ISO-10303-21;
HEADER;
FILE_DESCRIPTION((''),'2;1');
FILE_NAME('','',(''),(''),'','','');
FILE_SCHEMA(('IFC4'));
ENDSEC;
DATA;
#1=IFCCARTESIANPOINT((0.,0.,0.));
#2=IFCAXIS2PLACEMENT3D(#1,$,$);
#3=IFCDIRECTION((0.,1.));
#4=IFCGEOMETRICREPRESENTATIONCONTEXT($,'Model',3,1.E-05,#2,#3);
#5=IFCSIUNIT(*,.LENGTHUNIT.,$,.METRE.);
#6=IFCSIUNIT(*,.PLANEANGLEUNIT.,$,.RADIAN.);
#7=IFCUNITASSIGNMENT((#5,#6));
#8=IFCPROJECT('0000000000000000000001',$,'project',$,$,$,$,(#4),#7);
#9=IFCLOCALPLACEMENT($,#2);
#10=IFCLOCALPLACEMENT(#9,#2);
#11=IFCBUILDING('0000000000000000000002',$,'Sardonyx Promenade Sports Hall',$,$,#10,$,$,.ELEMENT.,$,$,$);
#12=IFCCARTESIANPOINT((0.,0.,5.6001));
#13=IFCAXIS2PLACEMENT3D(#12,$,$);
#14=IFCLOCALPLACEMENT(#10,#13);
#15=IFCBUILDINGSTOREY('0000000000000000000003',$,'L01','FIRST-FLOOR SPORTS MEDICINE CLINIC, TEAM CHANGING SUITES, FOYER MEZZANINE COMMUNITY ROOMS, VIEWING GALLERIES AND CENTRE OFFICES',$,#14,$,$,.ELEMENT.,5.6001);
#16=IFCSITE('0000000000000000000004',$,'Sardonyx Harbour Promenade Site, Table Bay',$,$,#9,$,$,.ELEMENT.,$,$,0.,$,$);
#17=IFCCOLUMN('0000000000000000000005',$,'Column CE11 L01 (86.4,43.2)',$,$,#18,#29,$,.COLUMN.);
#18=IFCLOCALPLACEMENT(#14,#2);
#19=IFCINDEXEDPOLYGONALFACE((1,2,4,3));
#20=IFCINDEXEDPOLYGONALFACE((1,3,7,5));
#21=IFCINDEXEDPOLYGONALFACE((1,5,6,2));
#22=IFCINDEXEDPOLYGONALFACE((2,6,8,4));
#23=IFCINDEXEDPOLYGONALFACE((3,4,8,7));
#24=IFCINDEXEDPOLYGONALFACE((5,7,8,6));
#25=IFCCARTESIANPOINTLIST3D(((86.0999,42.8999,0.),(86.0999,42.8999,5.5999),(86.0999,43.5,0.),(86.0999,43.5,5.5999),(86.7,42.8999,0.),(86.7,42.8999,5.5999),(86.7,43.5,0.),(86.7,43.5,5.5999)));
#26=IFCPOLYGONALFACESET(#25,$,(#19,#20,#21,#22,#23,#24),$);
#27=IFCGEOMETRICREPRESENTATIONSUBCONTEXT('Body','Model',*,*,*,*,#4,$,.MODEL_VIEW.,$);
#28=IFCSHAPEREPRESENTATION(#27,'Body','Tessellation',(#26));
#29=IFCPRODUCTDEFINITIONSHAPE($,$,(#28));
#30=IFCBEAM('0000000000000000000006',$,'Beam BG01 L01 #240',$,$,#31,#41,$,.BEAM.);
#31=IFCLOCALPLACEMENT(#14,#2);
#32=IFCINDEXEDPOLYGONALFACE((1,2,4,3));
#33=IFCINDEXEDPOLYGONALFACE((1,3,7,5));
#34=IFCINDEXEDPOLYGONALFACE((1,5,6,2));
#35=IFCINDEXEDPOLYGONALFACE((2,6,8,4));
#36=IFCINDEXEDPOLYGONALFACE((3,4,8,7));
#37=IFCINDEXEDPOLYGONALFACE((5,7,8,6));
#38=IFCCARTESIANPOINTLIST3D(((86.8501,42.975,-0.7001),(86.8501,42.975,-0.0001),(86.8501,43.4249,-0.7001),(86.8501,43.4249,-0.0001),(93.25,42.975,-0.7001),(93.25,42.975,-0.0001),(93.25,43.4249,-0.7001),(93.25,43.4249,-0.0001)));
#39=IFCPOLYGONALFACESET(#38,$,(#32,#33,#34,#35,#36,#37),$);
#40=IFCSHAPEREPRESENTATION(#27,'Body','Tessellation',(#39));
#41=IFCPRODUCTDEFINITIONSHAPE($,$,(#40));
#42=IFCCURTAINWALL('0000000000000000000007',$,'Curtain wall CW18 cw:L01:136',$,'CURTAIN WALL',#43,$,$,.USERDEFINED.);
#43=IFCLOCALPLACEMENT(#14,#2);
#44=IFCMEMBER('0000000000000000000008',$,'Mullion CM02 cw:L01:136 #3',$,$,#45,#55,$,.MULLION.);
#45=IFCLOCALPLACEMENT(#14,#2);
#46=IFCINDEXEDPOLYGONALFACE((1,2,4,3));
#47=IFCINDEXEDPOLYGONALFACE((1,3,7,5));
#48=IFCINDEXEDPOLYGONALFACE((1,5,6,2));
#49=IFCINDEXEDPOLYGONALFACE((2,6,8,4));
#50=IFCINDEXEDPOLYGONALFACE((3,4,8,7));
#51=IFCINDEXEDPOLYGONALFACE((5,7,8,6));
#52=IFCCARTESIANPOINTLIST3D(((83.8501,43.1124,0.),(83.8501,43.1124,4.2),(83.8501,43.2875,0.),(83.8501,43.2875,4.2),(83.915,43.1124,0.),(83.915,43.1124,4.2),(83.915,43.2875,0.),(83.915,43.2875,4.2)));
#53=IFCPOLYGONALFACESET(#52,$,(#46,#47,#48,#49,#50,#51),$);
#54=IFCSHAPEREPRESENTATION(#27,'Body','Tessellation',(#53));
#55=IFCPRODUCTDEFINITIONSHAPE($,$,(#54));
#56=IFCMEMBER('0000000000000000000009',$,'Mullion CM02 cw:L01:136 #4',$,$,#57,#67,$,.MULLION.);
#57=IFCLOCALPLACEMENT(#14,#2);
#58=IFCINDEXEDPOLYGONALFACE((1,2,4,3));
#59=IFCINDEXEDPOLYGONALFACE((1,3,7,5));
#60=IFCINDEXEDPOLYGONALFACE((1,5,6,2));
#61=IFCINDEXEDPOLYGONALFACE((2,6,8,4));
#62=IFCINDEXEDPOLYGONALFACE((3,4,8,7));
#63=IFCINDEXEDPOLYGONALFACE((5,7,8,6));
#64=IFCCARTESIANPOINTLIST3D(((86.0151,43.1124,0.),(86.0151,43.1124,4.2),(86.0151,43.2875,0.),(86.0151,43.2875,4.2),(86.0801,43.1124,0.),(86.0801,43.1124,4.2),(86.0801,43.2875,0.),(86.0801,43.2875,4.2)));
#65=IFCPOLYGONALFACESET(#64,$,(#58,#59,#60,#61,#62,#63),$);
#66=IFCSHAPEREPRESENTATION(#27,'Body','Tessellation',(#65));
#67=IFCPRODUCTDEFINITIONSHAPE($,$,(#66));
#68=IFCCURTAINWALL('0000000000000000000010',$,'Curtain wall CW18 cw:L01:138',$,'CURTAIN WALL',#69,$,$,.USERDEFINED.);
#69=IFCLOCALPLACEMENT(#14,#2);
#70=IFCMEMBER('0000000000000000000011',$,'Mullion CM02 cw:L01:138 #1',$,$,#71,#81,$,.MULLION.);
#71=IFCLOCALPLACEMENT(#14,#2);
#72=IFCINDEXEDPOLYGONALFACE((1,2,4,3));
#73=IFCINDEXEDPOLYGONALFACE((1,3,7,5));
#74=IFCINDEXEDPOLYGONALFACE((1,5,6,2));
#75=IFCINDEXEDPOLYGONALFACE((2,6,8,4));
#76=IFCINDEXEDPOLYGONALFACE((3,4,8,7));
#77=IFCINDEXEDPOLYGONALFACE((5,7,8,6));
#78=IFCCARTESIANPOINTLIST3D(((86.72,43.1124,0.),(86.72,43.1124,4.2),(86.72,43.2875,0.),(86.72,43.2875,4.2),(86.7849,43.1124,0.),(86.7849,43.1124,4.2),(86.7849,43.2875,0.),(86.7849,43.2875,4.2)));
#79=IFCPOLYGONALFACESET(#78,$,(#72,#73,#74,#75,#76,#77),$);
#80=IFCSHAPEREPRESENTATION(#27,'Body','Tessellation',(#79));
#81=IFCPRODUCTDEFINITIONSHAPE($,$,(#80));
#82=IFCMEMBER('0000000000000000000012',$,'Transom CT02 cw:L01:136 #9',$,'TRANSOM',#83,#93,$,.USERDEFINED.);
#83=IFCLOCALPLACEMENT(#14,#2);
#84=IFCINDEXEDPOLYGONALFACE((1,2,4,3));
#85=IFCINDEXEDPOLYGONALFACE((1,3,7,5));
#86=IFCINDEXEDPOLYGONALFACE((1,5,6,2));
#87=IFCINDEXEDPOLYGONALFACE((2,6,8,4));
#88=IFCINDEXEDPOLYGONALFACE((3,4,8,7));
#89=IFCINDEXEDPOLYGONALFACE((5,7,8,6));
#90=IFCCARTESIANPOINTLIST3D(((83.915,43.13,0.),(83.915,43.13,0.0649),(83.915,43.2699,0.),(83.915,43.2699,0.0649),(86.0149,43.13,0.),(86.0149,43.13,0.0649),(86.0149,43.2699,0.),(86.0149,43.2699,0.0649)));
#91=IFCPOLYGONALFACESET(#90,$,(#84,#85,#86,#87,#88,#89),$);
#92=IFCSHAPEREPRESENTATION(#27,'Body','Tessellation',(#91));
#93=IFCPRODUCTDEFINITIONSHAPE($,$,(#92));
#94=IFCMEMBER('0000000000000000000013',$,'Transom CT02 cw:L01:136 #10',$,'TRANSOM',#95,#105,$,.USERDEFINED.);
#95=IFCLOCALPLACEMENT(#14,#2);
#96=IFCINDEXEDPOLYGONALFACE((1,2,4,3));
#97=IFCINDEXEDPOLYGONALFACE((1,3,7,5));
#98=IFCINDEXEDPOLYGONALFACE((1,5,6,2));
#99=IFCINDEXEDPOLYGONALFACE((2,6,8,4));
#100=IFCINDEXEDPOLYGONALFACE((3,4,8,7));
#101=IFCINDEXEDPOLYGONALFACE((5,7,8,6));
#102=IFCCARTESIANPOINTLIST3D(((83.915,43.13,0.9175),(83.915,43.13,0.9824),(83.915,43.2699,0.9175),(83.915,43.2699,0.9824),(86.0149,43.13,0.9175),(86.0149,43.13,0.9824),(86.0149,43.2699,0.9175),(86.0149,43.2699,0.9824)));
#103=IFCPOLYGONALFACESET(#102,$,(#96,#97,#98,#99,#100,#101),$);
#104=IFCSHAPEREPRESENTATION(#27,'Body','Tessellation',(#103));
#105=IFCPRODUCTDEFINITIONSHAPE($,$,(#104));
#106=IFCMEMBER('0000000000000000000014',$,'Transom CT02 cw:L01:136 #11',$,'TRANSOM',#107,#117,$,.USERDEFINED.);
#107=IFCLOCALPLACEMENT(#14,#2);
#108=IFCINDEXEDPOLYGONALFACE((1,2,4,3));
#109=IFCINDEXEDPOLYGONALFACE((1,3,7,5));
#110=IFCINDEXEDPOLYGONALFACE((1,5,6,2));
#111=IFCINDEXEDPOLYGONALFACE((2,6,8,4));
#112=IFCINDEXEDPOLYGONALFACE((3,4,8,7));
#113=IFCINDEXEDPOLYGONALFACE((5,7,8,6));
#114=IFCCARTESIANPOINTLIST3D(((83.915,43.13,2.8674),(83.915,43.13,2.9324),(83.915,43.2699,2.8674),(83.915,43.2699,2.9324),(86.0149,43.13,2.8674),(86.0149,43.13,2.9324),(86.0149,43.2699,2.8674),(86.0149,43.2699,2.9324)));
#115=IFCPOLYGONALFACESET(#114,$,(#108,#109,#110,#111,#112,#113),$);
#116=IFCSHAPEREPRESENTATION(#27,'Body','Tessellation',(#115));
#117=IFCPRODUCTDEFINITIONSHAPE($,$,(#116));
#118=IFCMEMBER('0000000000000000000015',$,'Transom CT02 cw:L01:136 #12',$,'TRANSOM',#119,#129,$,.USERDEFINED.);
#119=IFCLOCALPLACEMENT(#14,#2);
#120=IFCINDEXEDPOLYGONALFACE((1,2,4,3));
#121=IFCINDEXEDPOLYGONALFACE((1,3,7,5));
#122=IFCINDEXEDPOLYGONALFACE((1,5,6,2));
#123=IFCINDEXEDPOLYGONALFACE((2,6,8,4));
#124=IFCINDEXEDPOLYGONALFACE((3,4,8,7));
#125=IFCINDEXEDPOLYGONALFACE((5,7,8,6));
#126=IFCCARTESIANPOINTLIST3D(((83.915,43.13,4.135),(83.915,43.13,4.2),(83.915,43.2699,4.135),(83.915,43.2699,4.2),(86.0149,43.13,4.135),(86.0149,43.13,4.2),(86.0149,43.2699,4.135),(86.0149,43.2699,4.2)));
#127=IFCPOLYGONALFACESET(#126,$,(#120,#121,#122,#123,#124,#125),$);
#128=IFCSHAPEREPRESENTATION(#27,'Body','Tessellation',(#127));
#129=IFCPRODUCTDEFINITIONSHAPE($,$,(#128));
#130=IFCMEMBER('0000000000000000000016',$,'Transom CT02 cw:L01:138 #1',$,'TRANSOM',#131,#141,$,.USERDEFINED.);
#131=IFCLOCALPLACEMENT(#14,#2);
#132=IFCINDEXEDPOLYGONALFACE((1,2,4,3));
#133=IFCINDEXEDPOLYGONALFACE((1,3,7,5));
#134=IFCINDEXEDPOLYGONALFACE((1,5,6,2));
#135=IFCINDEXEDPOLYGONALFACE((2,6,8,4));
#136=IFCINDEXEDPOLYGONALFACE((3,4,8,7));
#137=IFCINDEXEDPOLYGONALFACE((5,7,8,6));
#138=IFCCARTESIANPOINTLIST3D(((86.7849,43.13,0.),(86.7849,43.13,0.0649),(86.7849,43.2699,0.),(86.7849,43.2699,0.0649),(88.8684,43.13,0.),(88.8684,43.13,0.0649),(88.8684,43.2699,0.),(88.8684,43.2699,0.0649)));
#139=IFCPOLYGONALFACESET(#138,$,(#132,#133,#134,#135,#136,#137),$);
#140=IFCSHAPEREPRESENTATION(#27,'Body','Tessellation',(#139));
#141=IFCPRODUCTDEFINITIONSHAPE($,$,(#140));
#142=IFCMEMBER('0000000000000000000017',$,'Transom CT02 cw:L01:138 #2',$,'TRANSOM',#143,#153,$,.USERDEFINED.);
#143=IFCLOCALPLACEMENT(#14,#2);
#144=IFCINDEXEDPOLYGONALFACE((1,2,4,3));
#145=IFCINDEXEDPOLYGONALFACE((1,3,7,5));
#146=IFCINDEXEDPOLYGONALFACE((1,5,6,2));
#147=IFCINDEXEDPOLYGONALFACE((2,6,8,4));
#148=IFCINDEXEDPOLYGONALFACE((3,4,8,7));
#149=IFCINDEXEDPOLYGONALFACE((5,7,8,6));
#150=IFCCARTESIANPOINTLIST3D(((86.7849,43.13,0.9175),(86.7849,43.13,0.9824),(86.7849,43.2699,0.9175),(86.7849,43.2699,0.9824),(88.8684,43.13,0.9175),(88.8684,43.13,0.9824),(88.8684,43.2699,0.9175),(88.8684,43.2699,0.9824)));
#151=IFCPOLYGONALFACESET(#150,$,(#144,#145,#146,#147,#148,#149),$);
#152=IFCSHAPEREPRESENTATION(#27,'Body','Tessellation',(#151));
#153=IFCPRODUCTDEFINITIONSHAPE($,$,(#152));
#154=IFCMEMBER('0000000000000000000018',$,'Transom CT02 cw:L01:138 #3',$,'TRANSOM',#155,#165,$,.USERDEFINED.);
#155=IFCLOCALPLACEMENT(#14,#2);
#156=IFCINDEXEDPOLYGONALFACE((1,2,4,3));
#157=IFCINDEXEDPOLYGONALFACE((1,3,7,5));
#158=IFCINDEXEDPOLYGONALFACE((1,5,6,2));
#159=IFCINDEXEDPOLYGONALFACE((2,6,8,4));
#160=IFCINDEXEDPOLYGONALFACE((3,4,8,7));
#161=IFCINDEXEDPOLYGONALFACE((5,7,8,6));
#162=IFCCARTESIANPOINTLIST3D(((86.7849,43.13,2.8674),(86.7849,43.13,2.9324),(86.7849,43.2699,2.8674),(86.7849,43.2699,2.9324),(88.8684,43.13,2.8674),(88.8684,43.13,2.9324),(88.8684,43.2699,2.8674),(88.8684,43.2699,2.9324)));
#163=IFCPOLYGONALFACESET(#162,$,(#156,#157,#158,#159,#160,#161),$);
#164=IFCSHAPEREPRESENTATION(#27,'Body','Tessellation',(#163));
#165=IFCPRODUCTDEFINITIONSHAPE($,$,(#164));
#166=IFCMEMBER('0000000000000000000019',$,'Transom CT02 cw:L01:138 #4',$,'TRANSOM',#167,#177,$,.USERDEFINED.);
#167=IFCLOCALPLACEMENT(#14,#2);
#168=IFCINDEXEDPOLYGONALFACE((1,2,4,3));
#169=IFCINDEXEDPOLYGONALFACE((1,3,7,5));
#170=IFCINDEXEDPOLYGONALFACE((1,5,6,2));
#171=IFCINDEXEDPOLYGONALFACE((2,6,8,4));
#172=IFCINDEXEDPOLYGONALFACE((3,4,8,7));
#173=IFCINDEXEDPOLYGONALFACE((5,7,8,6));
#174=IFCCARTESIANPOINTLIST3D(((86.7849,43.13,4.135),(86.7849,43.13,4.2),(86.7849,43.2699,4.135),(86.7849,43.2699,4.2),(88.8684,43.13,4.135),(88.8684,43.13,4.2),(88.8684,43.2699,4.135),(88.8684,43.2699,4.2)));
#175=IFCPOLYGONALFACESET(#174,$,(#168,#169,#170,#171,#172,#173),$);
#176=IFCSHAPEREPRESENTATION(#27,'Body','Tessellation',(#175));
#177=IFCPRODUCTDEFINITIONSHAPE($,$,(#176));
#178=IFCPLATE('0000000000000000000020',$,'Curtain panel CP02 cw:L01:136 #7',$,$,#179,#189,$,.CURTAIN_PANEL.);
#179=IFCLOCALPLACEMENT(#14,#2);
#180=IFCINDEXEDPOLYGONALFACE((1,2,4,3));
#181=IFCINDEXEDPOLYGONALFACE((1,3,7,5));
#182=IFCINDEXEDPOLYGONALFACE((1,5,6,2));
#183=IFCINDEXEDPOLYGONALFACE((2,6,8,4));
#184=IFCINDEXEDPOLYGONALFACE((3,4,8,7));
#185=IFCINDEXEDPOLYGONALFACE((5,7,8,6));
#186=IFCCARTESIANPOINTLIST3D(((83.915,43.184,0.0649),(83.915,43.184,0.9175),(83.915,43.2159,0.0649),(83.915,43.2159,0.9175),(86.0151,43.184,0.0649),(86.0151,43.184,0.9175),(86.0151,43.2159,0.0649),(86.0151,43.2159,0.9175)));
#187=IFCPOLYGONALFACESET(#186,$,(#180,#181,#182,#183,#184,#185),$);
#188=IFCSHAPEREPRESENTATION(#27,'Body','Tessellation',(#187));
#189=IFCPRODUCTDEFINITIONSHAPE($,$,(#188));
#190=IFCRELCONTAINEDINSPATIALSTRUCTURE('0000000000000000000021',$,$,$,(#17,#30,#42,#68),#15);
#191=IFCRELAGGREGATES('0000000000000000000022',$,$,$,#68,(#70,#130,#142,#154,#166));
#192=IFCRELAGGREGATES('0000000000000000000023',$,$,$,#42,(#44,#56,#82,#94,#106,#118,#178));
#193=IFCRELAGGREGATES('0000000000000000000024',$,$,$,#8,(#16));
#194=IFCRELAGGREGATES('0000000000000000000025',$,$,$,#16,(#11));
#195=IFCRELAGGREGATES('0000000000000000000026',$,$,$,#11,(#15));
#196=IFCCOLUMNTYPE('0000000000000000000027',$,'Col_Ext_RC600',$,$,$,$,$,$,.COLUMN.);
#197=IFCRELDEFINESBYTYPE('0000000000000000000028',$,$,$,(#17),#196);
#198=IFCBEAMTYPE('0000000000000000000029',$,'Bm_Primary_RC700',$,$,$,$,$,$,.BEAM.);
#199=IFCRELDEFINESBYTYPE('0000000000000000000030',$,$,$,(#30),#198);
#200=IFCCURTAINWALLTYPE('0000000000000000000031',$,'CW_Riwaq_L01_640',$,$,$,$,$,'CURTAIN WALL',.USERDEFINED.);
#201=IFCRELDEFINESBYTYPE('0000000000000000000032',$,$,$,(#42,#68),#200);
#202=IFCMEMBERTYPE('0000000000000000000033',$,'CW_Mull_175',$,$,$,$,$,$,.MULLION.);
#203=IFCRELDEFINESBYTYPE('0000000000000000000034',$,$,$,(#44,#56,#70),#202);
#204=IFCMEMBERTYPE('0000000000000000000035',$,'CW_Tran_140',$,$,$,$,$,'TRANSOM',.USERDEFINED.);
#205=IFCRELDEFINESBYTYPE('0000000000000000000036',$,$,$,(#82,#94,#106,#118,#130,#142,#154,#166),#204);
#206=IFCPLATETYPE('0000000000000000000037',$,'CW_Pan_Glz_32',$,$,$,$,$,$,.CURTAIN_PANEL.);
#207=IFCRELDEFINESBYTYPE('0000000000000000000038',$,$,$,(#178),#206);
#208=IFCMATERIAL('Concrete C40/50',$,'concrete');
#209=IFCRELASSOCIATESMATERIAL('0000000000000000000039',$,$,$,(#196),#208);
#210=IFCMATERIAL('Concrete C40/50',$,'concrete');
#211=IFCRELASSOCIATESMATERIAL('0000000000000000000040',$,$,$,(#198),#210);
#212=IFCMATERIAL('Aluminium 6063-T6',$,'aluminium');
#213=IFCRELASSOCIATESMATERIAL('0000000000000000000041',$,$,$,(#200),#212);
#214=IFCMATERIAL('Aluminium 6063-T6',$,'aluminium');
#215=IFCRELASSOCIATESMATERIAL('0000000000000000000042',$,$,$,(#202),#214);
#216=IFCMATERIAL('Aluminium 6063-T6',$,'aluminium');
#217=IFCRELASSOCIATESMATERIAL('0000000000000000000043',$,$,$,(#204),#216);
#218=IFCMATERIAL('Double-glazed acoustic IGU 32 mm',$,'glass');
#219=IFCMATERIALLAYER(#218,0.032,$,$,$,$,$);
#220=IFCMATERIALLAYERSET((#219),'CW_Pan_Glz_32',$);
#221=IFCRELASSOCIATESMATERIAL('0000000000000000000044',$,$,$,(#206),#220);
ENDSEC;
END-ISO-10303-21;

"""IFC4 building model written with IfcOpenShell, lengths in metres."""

from ifc_helpers import new_model, si_unit, direction, frame, origin, origin_2d, place, context, subcontext, project, spatial, rectangle, extrude, material, layer, layer_set, material_profile, profile_set, type_object, element, aggregate, save


model = new_model("IFC4")

# Units and contexts
model_context = context("Model", 3, precision=1e-05, world=origin(), true_north=direction((0.0, 1.0)))
body_context = subcontext(model_context, "Body", "Model", "MODEL_VIEW")
ifc_project = project(units=[si_unit("LENGTHUNIT", "METRE"), si_unit("PLANEANGLEUNIT", "RADIAN")], contexts=[model_context])

# Site, building, storey
site_placement = place(None, origin())
site = spatial("IfcSite", under=ifc_project, at=site_placement, Name="Sardonyx Harbour Promenade Site, Table Bay", CompositionType="ELEMENT", RefElevation=0.0)
building_placement = place(site_placement, origin())
building = spatial("IfcBuilding", under=site, at=building_placement, Name="Sardonyx Promenade Sports Hall", CompositionType="ELEMENT")
storey_placement = place(building_placement, frame((0.0, 0.0, 5.6001)))
storey = spatial("IfcBuildingStorey", under=building, at=storey_placement, Name="L01", Description="FIRST-FLOOR SPORTS MEDICINE CLINIC, TEAM CHANGING SUITES, FOYER MEZZANINE COMMUNITY ROOMS, VIEWING GALLERIES AND CENTRE OFFICES", CompositionType="ELEMENT", Elevation=5.6001)

# Column
ifc_material_1 = material(Name="Concrete C40/50", Category="concrete")
ifc_material_profile_1 = material_profile(ifc_material_1, rectangle(XDim=0.6001, YDim=0.6001, at=origin_2d()))
ifc_profile_set_1 = profile_set([ifc_material_profile_1], Name="Concrete C40/50")
column_type = type_object("IfcColumnType", Name="Col_Ext_RC600", PredefinedType="COLUMN", material=ifc_profile_set_1)
column_placement = place(storey_placement, frame((86.3999, 43.2, 0.0), z_axis=(0.0, 0.0, 1.0), x_axis=(1.0, 0.0, 0.0)))
element("IfcColumn", 1, at=column_placement, inside=storey, type_object=column_type, Name="Column CE11 L01 (86.4,43.2)", PredefinedType="COLUMN", context=body_context, shape_type="SweptSolid", body=[
    extrude(rectangle(XDim=0.6001, YDim=0.6001, at=origin_2d()), origin(), (0.0, 0.0, 1.0), 5.5999),
])

# Beam
ifc_material_2 = material(Name="Concrete C40/50", Category="concrete")
ifc_material_profile_2 = material_profile(ifc_material_2, rectangle(XDim=0.45, YDim=0.7, at=origin_2d()))
ifc_profile_set_2 = profile_set([ifc_material_profile_2], Name="Concrete C40/50")
beam_type = type_object("IfcBeamType", Name="Bm_Primary_RC700", PredefinedType="BEAM", material=ifc_profile_set_2)
beam_placement = place(storey_placement, frame((86.8501, 43.2, -0.3501), z_axis=(1.0, 0.0, 0.0), x_axis=(0.0, 1.0, 0.0)))
element("IfcBeam", 2, at=beam_placement, inside=storey, type_object=beam_type, Name="Beam BG01 L01 #240", PredefinedType="BEAM", context=body_context, shape_type="SweptSolid", body=[
    extrude(rectangle(XDim=0.45, YDim=0.7, at=origin_2d()), origin(), (0.0, 0.0, 1.0), 6.3999),
])

# Curtain wall, members
ifc_material_3 = material(Name="Aluminium 6063-T6", Category="aluminium")
curtain_wall_type = type_object("IfcCurtainWallType", Name="CW_Riwaq_L01_640", ElementType="CURTAIN WALL", PredefinedType="USERDEFINED", material=ifc_material_3)
curtain_wall_1_placement = place(storey_placement, origin())
curtain_wall_1 = element("IfcCurtainWall", 3, at=curtain_wall_1_placement, inside=storey, type_object=curtain_wall_type, Name="Curtain wall CW18 cw:L01:136", ObjectType="CURTAIN WALL", PredefinedType="USERDEFINED")
ifc_material_4 = material(Name="Aluminium 6063-T6", Category="aluminium")
ifc_material_profile_3 = material_profile(ifc_material_4, rectangle(XDim=0.0649, YDim=0.175, at=origin_2d()))
ifc_profile_set_3 = profile_set([ifc_material_profile_3], Name="Aluminium 6063-T6")
member_type_1 = type_object("IfcMemberType", Name="CW_Mull_175", PredefinedType="MULLION", material=ifc_profile_set_3)
member_1_placement = place(storey_placement, frame((83.8826, 43.2, 0.0), z_axis=(0.0, 0.0, 1.0), x_axis=(1.0, 0.0, 0.0)))
member_1 = element("IfcMember", 4, at=member_1_placement, type_object=member_type_1, Name="Mullion CM02 cw:L01:136 #3", PredefinedType="MULLION", context=body_context, shape_type="SweptSolid", body=[
    extrude(rectangle(XDim=0.0649, YDim=0.175, at=origin_2d()), origin(), (0.0, 0.0, 1.0), 4.2),
])
member_2_placement = place(storey_placement, frame((86.0476, 43.2, 0.0), z_axis=(0.0, 0.0, 1.0), x_axis=(1.0, 0.0, 0.0)))
member_2 = element("IfcMember", 5, at=member_2_placement, type_object=member_type_1, Name="Mullion CM02 cw:L01:136 #4", PredefinedType="MULLION", context=body_context, shape_type="SweptSolid", body=[
    extrude(rectangle(XDim=0.0649, YDim=0.175, at=origin_2d()), origin(), (0.0, 0.0, 1.0), 4.2),
])

# Curtain wall, member
curtain_wall_2_placement = place(storey_placement, origin())
curtain_wall_2 = element("IfcCurtainWall", 6, at=curtain_wall_2_placement, inside=storey, type_object=curtain_wall_type, Name="Curtain wall CW18 cw:L01:138", ObjectType="CURTAIN WALL", PredefinedType="USERDEFINED")
member_3_placement = place(storey_placement, frame((86.7524, 43.2, 0.0), z_axis=(0.0, 0.0, 1.0), x_axis=(1.0, 0.0, 0.0)))
member_3 = element("IfcMember", 7, at=member_3_placement, type_object=member_type_1, Name="Mullion CM02 cw:L01:138 #1", PredefinedType="MULLION", context=body_context, shape_type="SweptSolid", body=[
    extrude(rectangle(XDim=0.0649, YDim=0.175, at=origin_2d()), origin(), (0.0, 0.0, 1.0), 4.2),
])

# Members
ifc_material_5 = material(Name="Aluminium 6063-T6", Category="aluminium")
ifc_material_profile_4 = material_profile(ifc_material_5, rectangle(XDim=0.0649, YDim=0.1399, at=origin_2d()))
ifc_profile_set_4 = profile_set([ifc_material_profile_4], Name="Aluminium 6063-T6")
member_type_2 = type_object("IfcMemberType", Name="CW_Tran_140", ElementType="TRANSOM", PredefinedType="USERDEFINED", material=ifc_profile_set_4)
member_4_placement = place(storey_placement, frame((83.915, 43.2, 0.0325), z_axis=(1.0, 0.0, 0.0), x_axis=(0.0, 0.0, 1.0)))
member_4 = element("IfcMember", 8, at=member_4_placement, type_object=member_type_2, Name="Transom CT02 cw:L01:136 #9", ObjectType="TRANSOM", PredefinedType="USERDEFINED", context=body_context, shape_type="SweptSolid", body=[
    extrude(rectangle(XDim=0.0649, YDim=0.1399, at=origin_2d()), origin(), (0.0, 0.0, 1.0), 2.0999),
])
member_5_placement = place(storey_placement, frame((83.915, 43.2, 0.95), z_axis=(1.0, 0.0, 0.0), x_axis=(0.0, 0.0, 1.0)))
member_5 = element("IfcMember", 9, at=member_5_placement, type_object=member_type_2, Name="Transom CT02 cw:L01:136 #10", ObjectType="TRANSOM", PredefinedType="USERDEFINED", context=body_context, shape_type="SweptSolid", body=[
    extrude(rectangle(XDim=0.0649, YDim=0.1399, at=origin_2d()), origin(), (0.0, 0.0, 1.0), 2.0999),
])
member_6_placement = place(storey_placement, frame((83.915, 43.2, 2.8999), z_axis=(1.0, 0.0, 0.0), x_axis=(0.0, 0.0, 1.0)))
member_6 = element("IfcMember", 10, at=member_6_placement, type_object=member_type_2, Name="Transom CT02 cw:L01:136 #11", ObjectType="TRANSOM", PredefinedType="USERDEFINED", context=body_context, shape_type="SweptSolid", body=[
    extrude(rectangle(XDim=0.0649, YDim=0.1399, at=origin_2d()), origin(), (0.0, 0.0, 1.0), 2.0999),
])
member_7_placement = place(storey_placement, frame((83.915, 43.2, 4.1675), z_axis=(1.0, 0.0, 0.0), x_axis=(0.0, 0.0, 1.0)))
member_7 = element("IfcMember", 11, at=member_7_placement, type_object=member_type_2, Name="Transom CT02 cw:L01:136 #12", ObjectType="TRANSOM", PredefinedType="USERDEFINED", context=body_context, shape_type="SweptSolid", body=[
    extrude(rectangle(XDim=0.0649, YDim=0.1399, at=origin_2d()), origin(), (0.0, 0.0, 1.0), 2.0999),
])
member_8_placement = place(storey_placement, frame((86.7849, 43.2, 0.0325), z_axis=(1.0, 0.0, 0.0), x_axis=(0.0, 0.0, 1.0)))
member_8 = element("IfcMember", 12, at=member_8_placement, type_object=member_type_2, Name="Transom CT02 cw:L01:138 #1", ObjectType="TRANSOM", PredefinedType="USERDEFINED", context=body_context, shape_type="SweptSolid", body=[
    extrude(rectangle(XDim=0.0649, YDim=0.1399, at=origin_2d()), origin(), (0.0, 0.0, 1.0), 2.0835),
])
member_9_placement = place(storey_placement, frame((86.7849, 43.2, 0.95), z_axis=(1.0, 0.0, 0.0), x_axis=(0.0, 0.0, 1.0)))
member_9 = element("IfcMember", 13, at=member_9_placement, type_object=member_type_2, Name="Transom CT02 cw:L01:138 #2", ObjectType="TRANSOM", PredefinedType="USERDEFINED", context=body_context, shape_type="SweptSolid", body=[
    extrude(rectangle(XDim=0.0649, YDim=0.1399, at=origin_2d()), origin(), (0.0, 0.0, 1.0), 2.0835),
])
member_10_placement = place(storey_placement, frame((86.7849, 43.2, 2.8999), z_axis=(1.0, 0.0, 0.0), x_axis=(0.0, 0.0, 1.0)))
member_10 = element("IfcMember", 14, at=member_10_placement, type_object=member_type_2, Name="Transom CT02 cw:L01:138 #3", ObjectType="TRANSOM", PredefinedType="USERDEFINED", context=body_context, shape_type="SweptSolid", body=[
    extrude(rectangle(XDim=0.0649, YDim=0.1399, at=origin_2d()), origin(), (0.0, 0.0, 1.0), 2.0835),
])
member_11_placement = place(storey_placement, frame((86.7849, 43.2, 4.1675), z_axis=(1.0, 0.0, 0.0), x_axis=(0.0, 0.0, 1.0)))
member_11 = element("IfcMember", 15, at=member_11_placement, type_object=member_type_2, Name="Transom CT02 cw:L01:138 #4", ObjectType="TRANSOM", PredefinedType="USERDEFINED", context=body_context, shape_type="SweptSolid", body=[
    extrude(rectangle(XDim=0.0649, YDim=0.1399, at=origin_2d()), origin(), (0.0, 0.0, 1.0), 2.0835),
])
aggregate(curtain_wall_2, [member_3, member_8, member_9, member_10, member_11])

# Plate
ifc_material_6 = material(Name="Double-glazed acoustic IGU 32 mm", Category="glass")
ifc_layer_1 = layer(ifc_material_6, 0.032)
ifc_layer_set_1 = layer_set([ifc_layer_1], Name="CW_Pan_Glz_32")
plate_type = type_object("IfcPlateType", Name="CW_Pan_Glz_32", PredefinedType="CURTAIN_PANEL", material=ifc_layer_set_1)
plate_1_placement = place(storey_placement, frame((84.9651, 43.2, 0.0649), z_axis=(0.0, 0.0, 1.0), x_axis=(1.0, 0.0, 0.0)))
plate_1 = element("IfcPlate", 16, at=plate_1_placement, type_object=plate_type, Name="Curtain panel CP02 cw:L01:136 #7", PredefinedType="CURTAIN_PANEL", context=body_context, shape_type="SweptSolid", body=[
    extrude(rectangle(XDim=2.1001, YDim=0.032, at=origin_2d()), origin(), (0.0, 0.0, 1.0), 0.8525),
])
aggregate(curtain_wall_1, [member_1, member_2, member_4, member_5, member_6, member_7, plate_1])

save(model, "model.ifc")
